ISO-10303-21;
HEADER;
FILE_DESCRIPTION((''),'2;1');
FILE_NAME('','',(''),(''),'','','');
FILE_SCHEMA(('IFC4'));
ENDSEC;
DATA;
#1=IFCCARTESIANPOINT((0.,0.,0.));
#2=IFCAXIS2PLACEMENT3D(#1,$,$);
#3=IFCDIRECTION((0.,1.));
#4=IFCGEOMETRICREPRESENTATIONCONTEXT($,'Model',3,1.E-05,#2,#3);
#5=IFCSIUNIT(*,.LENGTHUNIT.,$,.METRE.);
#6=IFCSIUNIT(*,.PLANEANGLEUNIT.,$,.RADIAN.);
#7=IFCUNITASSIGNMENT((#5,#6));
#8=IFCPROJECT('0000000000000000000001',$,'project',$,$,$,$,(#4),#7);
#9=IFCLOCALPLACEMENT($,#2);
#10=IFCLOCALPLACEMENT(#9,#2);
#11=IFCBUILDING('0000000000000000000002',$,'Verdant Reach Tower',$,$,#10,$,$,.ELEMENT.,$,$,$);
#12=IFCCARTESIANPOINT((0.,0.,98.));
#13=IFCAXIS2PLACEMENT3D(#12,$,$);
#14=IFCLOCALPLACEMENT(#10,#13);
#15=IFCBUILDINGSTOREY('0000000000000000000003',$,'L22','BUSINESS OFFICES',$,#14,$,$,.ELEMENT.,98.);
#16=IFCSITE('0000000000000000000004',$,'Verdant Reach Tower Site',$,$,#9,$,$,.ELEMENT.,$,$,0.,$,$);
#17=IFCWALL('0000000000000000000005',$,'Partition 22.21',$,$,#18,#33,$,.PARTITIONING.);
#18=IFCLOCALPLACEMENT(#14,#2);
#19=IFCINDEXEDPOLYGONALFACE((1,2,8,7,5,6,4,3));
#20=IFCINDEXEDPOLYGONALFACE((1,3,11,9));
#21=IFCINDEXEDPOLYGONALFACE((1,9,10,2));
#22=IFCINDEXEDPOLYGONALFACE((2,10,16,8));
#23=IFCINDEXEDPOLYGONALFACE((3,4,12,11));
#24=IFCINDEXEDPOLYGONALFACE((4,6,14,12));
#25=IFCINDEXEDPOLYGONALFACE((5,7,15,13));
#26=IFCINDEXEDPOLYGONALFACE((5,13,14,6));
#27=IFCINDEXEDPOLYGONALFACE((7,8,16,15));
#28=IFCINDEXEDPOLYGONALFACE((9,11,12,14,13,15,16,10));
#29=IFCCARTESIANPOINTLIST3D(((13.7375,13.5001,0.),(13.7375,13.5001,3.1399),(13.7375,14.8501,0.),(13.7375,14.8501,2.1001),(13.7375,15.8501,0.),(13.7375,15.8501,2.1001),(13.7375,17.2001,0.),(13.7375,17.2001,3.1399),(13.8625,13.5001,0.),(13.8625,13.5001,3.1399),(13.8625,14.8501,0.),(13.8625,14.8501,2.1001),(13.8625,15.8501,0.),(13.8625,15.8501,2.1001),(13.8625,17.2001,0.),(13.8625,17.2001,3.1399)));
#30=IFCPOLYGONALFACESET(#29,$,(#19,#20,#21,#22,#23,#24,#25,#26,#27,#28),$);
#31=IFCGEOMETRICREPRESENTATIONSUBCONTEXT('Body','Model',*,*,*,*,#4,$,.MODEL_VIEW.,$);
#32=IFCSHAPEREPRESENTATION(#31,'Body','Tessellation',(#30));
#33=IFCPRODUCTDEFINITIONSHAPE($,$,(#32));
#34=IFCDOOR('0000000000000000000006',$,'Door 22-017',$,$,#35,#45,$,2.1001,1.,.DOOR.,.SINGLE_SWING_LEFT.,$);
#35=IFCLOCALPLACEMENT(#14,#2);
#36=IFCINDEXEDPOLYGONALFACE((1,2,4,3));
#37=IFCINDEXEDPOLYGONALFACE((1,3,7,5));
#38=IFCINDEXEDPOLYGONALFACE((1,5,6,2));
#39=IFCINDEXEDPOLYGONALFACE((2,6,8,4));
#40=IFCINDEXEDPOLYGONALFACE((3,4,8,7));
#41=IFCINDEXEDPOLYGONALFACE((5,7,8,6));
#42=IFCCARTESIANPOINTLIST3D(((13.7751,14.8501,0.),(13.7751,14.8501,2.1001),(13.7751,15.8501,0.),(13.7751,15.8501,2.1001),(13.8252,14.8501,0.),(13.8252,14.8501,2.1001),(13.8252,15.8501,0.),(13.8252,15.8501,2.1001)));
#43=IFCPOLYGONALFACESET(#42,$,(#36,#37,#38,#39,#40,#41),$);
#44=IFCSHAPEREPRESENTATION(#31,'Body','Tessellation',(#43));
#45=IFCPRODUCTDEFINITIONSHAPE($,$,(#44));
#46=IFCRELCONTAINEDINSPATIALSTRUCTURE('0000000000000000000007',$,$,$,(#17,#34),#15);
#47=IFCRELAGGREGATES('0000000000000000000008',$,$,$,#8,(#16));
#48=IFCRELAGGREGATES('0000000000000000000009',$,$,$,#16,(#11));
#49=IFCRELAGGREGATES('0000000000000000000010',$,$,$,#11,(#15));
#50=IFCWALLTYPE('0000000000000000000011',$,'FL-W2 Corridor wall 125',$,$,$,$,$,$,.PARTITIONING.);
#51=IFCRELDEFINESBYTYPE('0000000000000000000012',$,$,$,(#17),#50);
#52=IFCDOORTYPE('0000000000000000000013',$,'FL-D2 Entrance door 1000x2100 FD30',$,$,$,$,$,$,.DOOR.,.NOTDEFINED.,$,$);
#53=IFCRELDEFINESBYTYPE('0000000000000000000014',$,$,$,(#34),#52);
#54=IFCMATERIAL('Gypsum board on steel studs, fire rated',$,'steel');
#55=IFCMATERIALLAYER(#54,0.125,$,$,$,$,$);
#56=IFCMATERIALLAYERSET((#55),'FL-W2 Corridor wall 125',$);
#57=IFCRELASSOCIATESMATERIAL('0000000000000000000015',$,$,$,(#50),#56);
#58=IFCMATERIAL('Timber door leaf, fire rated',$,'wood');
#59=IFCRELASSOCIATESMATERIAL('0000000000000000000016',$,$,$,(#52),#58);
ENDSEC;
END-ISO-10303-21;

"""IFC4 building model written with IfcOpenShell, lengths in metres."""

from ifc_helpers import new_model, si_unit, direction, frame, frame_2d, origin, place, context, subcontext, project, spatial, rectangle, extrude, material, layer, layer_set, type_object, element, fill, save


model = new_model("IFC4")

# Units and contexts
model_context = context("Model", 3, precision=1e-05, world=origin(), true_north=direction((0.0, 1.0)))
body_context = subcontext(model_context, "Body", "Model", "MODEL_VIEW")
ifc_project = project(units=[si_unit("LENGTHUNIT", "METRE"), si_unit("PLANEANGLEUNIT", "RADIAN")], contexts=[model_context])

# Site, building, storey
site_placement = place(None, origin())
site = spatial("IfcSite", under=ifc_project, at=site_placement, Name="Verdant Reach Tower Site", CompositionType="ELEMENT", RefElevation=0.0)
building_placement = place(site_placement, origin())
building = spatial("IfcBuilding", under=site, at=building_placement, Name="Verdant Reach Tower", CompositionType="ELEMENT")
storey_placement = place(building_placement, frame((0.0, 0.0, 98.0)))
storey = spatial("IfcBuildingStorey", under=building, at=storey_placement, Name="L22", Description="BUSINESS OFFICES", CompositionType="ELEMENT", Elevation=98.0)

# Shared definitions
ifc_material_1 = material(Name="Gypsum board on steel studs, fire rated", Category="steel")
ifc_layer_1 = layer(ifc_material_1, 0.125)
ifc_layer_set_1 = layer_set([ifc_layer_1], Name="FL-W2 Corridor wall 125")
wall_type_1 = type_object("IfcWallType", Name="FL-W2 Corridor wall 125", PredefinedType="PARTITIONING", material=ifc_layer_set_1)
ifc_material_2 = material(Name="Timber door leaf, fire rated", Category="wood")
door_type = type_object("IfcDoorType", Name="FL-D2 Entrance door 1000x2100 FD30", OperationType="NOTDEFINED", PredefinedType="DOOR", material=ifc_material_2)

# Wall, opening, door
wall_1_placement = place(storey_placement, frame((13.8, 13.5, 0.0), z_axis=(0.0, 0.0, 1.0), x_axis=(0.0, 1.0, 0.0)))
wall_1 = element("IfcWall", 1, at=wall_1_placement, inside=storey, type_object=wall_type_1, Name="Partition 22.21", PredefinedType="PARTITIONING", context=body_context, shape_type="SweptSolid", body=[
    extrude(rectangle(XDim=3.7, YDim=0.125, at=frame_2d((1.8501, 0.0))), origin(), (0.0, 0.0, 1.0), 3.1399),
])
opening_1_placement = place(wall_1_placement, frame((1.3501, 0.0, 0.0)))
opening_1 = element("IfcOpeningElement", 2, at=opening_1_placement, cuts=wall_1, PredefinedType="OPENING", context=body_context, shape_type="SweptSolid", body=[
    extrude(rectangle(XDim=1.0, YDim=2.1001, at=frame_2d((0.5, 1.05))), frame((0.0, 0.0725, 0.0), z_axis=(0.0, -1.0, 0.0), x_axis=(1.0, 0.0, 0.0)), (0.0, 0.0, 1.0), 0.145),
])
door_1_placement = place(opening_1_placement, origin())
door_1 = element("IfcDoor", 3, at=door_1_placement, inside=storey, type_object=door_type, Name="Door 22-017", OperationType="SINGLE_SWING_LEFT", OverallHeight=2.1001, OverallWidth=1.0, PredefinedType="DOOR", context=body_context, shape_type="SweptSolid", body=[
    extrude(rectangle(XDim=1.0, YDim=2.1001, at=frame_2d((0.5, 1.05))), frame((0.0, 0.0249, 0.0), z_axis=(0.0, -1.0, 0.0), x_axis=(1.0, 0.0, 0.0)), (0.0, 0.0, 1.0), 0.05),
])
fill(opening_1, door_1)

save(model, "model.ifc")
